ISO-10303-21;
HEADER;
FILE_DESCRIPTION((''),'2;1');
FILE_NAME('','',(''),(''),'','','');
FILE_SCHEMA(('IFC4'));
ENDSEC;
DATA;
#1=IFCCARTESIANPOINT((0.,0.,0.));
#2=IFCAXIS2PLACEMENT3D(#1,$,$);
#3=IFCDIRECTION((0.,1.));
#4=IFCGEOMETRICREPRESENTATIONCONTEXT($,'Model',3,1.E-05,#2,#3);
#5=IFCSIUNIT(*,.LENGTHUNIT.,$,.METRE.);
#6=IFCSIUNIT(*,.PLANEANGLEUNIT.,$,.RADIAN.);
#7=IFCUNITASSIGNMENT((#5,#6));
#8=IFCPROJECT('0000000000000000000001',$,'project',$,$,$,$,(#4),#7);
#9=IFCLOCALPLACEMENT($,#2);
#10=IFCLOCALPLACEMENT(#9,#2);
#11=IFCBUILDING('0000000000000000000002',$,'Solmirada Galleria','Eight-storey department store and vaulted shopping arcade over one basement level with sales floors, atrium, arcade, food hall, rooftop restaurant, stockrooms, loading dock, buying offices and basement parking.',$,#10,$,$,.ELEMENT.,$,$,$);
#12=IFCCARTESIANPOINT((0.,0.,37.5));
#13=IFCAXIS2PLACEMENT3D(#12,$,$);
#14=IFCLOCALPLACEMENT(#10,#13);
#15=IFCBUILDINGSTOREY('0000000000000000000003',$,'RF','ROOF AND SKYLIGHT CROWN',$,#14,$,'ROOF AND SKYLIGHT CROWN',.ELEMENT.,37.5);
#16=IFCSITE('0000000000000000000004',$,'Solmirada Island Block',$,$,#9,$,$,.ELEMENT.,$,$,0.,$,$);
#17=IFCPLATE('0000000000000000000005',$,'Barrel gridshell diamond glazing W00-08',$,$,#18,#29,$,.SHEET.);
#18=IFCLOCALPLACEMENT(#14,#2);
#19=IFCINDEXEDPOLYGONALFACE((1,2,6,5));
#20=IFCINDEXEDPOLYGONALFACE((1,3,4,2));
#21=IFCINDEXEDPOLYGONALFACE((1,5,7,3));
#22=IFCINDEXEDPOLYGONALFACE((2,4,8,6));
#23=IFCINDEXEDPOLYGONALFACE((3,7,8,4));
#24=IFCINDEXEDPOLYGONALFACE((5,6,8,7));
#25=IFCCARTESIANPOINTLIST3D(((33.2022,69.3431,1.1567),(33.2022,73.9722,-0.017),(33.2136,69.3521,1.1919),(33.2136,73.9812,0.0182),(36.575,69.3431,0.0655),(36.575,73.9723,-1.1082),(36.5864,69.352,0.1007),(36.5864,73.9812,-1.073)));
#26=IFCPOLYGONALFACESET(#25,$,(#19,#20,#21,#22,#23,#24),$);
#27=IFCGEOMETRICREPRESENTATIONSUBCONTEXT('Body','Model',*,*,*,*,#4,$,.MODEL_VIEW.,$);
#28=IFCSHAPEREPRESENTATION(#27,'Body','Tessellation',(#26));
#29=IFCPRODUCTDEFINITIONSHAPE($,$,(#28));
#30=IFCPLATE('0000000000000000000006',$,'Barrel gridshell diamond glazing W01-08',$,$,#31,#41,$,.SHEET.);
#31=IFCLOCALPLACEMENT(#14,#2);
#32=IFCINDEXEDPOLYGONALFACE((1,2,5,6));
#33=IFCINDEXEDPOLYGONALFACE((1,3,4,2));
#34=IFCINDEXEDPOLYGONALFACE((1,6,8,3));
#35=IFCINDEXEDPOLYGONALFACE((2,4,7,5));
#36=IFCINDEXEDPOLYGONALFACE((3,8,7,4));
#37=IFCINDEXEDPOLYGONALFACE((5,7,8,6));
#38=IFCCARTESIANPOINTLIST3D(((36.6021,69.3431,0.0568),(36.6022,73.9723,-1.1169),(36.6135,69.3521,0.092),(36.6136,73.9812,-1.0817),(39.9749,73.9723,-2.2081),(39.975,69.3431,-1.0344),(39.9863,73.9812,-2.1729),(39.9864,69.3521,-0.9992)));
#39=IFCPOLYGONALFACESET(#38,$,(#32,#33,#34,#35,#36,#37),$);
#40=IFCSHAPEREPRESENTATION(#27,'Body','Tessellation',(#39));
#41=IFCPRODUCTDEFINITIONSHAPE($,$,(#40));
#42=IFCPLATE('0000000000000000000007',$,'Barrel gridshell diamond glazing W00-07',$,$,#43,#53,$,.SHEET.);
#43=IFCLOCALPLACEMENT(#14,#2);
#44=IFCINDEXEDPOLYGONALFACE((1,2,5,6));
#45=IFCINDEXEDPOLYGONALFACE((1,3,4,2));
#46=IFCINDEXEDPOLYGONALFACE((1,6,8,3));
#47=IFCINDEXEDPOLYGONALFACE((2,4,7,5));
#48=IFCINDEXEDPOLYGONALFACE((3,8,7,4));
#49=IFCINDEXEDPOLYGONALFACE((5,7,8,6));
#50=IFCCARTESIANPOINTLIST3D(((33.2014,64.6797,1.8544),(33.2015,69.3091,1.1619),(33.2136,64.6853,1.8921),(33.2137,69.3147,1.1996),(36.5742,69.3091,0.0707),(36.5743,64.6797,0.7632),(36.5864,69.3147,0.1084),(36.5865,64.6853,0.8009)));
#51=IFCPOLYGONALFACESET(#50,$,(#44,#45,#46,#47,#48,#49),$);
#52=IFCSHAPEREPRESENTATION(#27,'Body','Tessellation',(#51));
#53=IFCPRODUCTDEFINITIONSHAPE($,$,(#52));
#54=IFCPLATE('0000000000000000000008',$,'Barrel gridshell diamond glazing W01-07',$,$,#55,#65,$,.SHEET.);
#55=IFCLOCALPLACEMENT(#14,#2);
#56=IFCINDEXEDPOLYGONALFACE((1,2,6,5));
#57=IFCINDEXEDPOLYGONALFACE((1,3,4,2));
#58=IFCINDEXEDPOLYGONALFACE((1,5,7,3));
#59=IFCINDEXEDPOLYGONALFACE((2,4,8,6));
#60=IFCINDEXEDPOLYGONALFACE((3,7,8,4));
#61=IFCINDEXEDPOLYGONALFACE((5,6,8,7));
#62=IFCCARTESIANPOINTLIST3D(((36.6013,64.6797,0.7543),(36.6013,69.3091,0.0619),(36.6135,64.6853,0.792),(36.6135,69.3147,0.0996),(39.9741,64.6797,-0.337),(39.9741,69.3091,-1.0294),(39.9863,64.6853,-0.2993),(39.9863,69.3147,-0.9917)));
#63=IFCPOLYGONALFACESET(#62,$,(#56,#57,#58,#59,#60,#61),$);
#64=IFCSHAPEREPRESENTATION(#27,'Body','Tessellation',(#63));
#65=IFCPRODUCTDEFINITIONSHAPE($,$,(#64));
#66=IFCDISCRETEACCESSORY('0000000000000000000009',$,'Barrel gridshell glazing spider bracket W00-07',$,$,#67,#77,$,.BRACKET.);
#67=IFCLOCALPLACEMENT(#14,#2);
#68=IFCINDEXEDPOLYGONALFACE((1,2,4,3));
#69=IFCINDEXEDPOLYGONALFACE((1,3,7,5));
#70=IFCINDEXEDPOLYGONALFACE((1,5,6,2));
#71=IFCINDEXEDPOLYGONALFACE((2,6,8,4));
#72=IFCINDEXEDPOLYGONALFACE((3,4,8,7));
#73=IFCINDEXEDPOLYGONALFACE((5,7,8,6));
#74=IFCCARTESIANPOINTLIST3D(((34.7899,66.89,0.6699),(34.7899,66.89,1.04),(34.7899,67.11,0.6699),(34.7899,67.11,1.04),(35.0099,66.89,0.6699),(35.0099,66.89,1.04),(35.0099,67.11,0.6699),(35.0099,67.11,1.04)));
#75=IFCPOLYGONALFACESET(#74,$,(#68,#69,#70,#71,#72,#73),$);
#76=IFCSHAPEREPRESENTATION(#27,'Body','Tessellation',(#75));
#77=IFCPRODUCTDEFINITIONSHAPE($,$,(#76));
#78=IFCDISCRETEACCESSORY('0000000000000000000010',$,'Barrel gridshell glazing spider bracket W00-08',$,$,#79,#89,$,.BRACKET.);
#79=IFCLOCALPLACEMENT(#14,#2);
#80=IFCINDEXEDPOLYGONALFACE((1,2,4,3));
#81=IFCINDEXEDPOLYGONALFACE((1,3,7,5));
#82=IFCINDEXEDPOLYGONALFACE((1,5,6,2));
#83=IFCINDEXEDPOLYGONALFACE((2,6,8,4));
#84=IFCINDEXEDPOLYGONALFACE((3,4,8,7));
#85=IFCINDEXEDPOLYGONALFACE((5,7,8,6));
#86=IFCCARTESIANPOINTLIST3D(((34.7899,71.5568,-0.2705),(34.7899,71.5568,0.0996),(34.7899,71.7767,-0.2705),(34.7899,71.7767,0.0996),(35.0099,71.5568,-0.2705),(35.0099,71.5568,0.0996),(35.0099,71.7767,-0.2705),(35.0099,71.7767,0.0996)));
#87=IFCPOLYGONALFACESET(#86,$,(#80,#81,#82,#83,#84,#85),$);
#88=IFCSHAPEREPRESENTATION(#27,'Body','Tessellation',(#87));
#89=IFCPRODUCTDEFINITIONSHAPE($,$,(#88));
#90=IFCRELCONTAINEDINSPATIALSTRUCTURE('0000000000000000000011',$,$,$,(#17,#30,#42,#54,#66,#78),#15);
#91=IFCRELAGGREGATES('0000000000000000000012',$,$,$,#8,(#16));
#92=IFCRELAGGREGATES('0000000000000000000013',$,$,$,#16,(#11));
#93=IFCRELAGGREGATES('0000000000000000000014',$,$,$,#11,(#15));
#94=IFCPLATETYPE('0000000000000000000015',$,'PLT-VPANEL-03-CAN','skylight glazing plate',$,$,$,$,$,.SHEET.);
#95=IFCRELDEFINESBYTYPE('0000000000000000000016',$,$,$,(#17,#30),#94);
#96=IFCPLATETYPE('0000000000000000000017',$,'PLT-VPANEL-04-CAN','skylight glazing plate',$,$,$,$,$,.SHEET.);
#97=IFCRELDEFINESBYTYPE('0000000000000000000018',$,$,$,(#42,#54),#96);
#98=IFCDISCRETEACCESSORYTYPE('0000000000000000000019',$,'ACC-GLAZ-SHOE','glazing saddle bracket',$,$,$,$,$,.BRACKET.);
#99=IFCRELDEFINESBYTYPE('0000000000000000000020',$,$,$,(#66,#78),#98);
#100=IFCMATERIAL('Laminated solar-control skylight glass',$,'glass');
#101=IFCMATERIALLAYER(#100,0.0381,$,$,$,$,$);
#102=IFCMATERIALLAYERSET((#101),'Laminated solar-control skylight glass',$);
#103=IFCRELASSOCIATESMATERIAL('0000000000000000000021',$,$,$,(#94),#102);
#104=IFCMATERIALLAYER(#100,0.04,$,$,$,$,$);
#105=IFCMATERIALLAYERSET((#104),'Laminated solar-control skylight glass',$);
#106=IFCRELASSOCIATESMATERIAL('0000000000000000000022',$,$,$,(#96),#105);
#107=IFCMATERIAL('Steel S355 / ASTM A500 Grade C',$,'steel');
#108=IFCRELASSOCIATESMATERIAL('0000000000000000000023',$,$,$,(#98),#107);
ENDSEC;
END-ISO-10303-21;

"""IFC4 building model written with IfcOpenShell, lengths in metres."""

from ifc_helpers import new_model, si_unit, direction, frame, origin, origin_2d, place, context, subcontext, project, spatial, polyline, rectangle, outline, extrude, material, layer, layer_set, type_object, element, save


model = new_model("IFC4")

# Units and contexts
model_context = context("Model", 3, precision=1e-05, world=origin(), true_north=direction((0.0, 1.0)))
body_context = subcontext(model_context, "Body", "Model", "MODEL_VIEW")
ifc_project = project(units=[si_unit("LENGTHUNIT", "METRE"), si_unit("PLANEANGLEUNIT", "RADIAN")], contexts=[model_context])

# Site, building, storey
site_placement = place(None, origin())
site = spatial("IfcSite", under=ifc_project, at=site_placement, Name="Solmirada Island Block", CompositionType="ELEMENT", RefElevation=0.0)
building_placement = place(site_placement, origin())
building = spatial("IfcBuilding", under=site, at=building_placement, Name="Solmirada Galleria", Description="Eight-storey department store and vaulted shopping arcade over one basement level with sales floors, atrium, arcade, food hall, rooftop restaurant, stockrooms, loading dock, buying offices and basement parking.", CompositionType="ELEMENT")
storey_placement = place(building_placement, frame((0.0, 0.0, 37.5)))
storey = spatial("IfcBuildingStorey", under=building, at=storey_placement, Name="RF", Description="ROOF AND SKYLIGHT CROWN", LongName="ROOF AND SKYLIGHT CROWN", CompositionType="ELEMENT", Elevation=37.5)

# Shared definitions
ifc_material_1 = material(Name="Steel S355 / ASTM A500 Grade C", Category="steel")

# Plates
ifc_material_2 = material(Name="Laminated solar-control skylight glass", Category="glass")
ifc_layer_1 = layer(ifc_material_2, 0.0381)
ifc_layer_set_1 = layer_set([ifc_layer_1], Name="Laminated solar-control skylight glass")
plate_type_1 = type_object("IfcPlateType", Name="PLT-VPANEL-03-CAN", Description="skylight glazing plate", PredefinedType="SHEET", material=ifc_layer_set_1)
plate_1_placement = place(storey_placement, frame((33.2136, 69.3521, 1.1919), z_axis=(0.299233, 0.234509, 0.924914), x_axis=(0.951446, -0.000007, -0.307815)))
element("IfcPlate", 1, at=plate_1_placement, inside=storey, type_object=plate_type_1, Name="Barrel gridshell diamond glazing W00-08", PredefinedType="SHEET", context=body_context, shape_type="SweptSolid", body=[
    extrude(outline(polyline([(0.0, 0.0), (3.5449, 0.0), (3.9062, 4.762), (0.3612, 4.7619), (0.0, 0.0)])), origin(), (0.0, 0.0, -1.0), 0.0381),
])
plate_2_placement = place(storey_placement, frame((36.6135, 69.3521, 0.092), z_axis=(0.299233, 0.234509, 0.924914), x_axis=(0.951445, 0.000007, -0.307818)))
element("IfcPlate", 2, at=plate_2_placement, inside=storey, type_object=plate_type_1, Name="Barrel gridshell diamond glazing W01-08", PredefinedType="SHEET", context=body_context, shape_type="SweptSolid", body=[
    extrude(outline(polyline([(0.0, 0.0), (3.545, 0.0), (3.9062, 4.7619), (0.3614, 4.762), (0.0, 0.0)])), origin(), (0.0, 0.0, -1.0), 0.0381),
])
ifc_layer_2 = layer(ifc_material_2, 0.04)
ifc_layer_set_2 = layer_set([ifc_layer_2], Name="Laminated solar-control skylight glass")
plate_type_2 = type_object("IfcPlateType", Name="PLT-VPANEL-04-CAN", Description="skylight glazing plate", PredefinedType="SHEET", material=ifc_layer_set_2)
plate_3_placement = place(storey_placement, frame((33.2136, 64.6853, 1.8921), z_axis=(0.304746, 0.140906, 0.941953), x_axis=(0.951446, 0.000005, -0.307817)))
element("IfcPlate", 3, at=plate_3_placement, inside=storey, type_object=plate_type_2, Name="Barrel gridshell diamond glazing W00-07", PredefinedType="SHEET", context=body_context, shape_type="SweptSolid", body=[
    extrude(outline(polyline([(0.0, 0.0), (3.545, 0.0), (3.7581, 4.676), (0.2132, 4.6761), (0.0, 0.0)])), origin(), (0.0, 0.0, -1.0), 0.04),
])
plate_4_placement = place(storey_placement, frame((36.6135, 64.6853, 0.792), z_axis=(0.304778, 0.14088, 0.941947), x_axis=(0.951436, 0.0, -0.307848)))
element("IfcPlate", 4, at=plate_4_placement, inside=storey, type_object=plate_type_2, Name="Barrel gridshell diamond glazing W01-07", PredefinedType="SHEET", context=body_context, shape_type="SweptSolid", body=[
    extrude(outline(polyline([(0.0, 0.0), (3.545, 0.0), (3.7581, 4.676), (0.2131, 4.676), (0.0, 0.0)])), origin(), (0.0, 0.0, -1.0), 0.04),
])

# Discrete accessories
discrete_accessory_type = type_object("IfcDiscreteAccessoryType", Name="ACC-GLAZ-SHOE", Description="glazing saddle bracket", PredefinedType="BRACKET", material=ifc_material_1)
for number, where, z_axis, x_axis, name in (
    (5, (34.8999, 67.0, 0.6699), (0.0, 0.0, 1.0), (1.0, 0.0, 0.0), "Barrel gridshell glazing spider bracket W00-07"),
    (6, (34.8999, 71.6667, -0.2705), (0.0, 0.0, 1.0), (1.0, 0.0, 0.0), "Barrel gridshell glazing spider bracket W00-08"),
):
    element("IfcDiscreteAccessory", number, at=place(storey_placement, frame(where, z_axis=z_axis, x_axis=x_axis)), inside=storey, type_object=discrete_accessory_type, Name=name, PredefinedType="BRACKET", context=body_context, shape_type="SweptSolid", body=[
        extrude(rectangle(XDim=0.22, YDim=0.22, at=origin_2d()), origin(), (0.0, 0.0, 1.0), 0.3701),
    ])

save(model, "model.ifc")
